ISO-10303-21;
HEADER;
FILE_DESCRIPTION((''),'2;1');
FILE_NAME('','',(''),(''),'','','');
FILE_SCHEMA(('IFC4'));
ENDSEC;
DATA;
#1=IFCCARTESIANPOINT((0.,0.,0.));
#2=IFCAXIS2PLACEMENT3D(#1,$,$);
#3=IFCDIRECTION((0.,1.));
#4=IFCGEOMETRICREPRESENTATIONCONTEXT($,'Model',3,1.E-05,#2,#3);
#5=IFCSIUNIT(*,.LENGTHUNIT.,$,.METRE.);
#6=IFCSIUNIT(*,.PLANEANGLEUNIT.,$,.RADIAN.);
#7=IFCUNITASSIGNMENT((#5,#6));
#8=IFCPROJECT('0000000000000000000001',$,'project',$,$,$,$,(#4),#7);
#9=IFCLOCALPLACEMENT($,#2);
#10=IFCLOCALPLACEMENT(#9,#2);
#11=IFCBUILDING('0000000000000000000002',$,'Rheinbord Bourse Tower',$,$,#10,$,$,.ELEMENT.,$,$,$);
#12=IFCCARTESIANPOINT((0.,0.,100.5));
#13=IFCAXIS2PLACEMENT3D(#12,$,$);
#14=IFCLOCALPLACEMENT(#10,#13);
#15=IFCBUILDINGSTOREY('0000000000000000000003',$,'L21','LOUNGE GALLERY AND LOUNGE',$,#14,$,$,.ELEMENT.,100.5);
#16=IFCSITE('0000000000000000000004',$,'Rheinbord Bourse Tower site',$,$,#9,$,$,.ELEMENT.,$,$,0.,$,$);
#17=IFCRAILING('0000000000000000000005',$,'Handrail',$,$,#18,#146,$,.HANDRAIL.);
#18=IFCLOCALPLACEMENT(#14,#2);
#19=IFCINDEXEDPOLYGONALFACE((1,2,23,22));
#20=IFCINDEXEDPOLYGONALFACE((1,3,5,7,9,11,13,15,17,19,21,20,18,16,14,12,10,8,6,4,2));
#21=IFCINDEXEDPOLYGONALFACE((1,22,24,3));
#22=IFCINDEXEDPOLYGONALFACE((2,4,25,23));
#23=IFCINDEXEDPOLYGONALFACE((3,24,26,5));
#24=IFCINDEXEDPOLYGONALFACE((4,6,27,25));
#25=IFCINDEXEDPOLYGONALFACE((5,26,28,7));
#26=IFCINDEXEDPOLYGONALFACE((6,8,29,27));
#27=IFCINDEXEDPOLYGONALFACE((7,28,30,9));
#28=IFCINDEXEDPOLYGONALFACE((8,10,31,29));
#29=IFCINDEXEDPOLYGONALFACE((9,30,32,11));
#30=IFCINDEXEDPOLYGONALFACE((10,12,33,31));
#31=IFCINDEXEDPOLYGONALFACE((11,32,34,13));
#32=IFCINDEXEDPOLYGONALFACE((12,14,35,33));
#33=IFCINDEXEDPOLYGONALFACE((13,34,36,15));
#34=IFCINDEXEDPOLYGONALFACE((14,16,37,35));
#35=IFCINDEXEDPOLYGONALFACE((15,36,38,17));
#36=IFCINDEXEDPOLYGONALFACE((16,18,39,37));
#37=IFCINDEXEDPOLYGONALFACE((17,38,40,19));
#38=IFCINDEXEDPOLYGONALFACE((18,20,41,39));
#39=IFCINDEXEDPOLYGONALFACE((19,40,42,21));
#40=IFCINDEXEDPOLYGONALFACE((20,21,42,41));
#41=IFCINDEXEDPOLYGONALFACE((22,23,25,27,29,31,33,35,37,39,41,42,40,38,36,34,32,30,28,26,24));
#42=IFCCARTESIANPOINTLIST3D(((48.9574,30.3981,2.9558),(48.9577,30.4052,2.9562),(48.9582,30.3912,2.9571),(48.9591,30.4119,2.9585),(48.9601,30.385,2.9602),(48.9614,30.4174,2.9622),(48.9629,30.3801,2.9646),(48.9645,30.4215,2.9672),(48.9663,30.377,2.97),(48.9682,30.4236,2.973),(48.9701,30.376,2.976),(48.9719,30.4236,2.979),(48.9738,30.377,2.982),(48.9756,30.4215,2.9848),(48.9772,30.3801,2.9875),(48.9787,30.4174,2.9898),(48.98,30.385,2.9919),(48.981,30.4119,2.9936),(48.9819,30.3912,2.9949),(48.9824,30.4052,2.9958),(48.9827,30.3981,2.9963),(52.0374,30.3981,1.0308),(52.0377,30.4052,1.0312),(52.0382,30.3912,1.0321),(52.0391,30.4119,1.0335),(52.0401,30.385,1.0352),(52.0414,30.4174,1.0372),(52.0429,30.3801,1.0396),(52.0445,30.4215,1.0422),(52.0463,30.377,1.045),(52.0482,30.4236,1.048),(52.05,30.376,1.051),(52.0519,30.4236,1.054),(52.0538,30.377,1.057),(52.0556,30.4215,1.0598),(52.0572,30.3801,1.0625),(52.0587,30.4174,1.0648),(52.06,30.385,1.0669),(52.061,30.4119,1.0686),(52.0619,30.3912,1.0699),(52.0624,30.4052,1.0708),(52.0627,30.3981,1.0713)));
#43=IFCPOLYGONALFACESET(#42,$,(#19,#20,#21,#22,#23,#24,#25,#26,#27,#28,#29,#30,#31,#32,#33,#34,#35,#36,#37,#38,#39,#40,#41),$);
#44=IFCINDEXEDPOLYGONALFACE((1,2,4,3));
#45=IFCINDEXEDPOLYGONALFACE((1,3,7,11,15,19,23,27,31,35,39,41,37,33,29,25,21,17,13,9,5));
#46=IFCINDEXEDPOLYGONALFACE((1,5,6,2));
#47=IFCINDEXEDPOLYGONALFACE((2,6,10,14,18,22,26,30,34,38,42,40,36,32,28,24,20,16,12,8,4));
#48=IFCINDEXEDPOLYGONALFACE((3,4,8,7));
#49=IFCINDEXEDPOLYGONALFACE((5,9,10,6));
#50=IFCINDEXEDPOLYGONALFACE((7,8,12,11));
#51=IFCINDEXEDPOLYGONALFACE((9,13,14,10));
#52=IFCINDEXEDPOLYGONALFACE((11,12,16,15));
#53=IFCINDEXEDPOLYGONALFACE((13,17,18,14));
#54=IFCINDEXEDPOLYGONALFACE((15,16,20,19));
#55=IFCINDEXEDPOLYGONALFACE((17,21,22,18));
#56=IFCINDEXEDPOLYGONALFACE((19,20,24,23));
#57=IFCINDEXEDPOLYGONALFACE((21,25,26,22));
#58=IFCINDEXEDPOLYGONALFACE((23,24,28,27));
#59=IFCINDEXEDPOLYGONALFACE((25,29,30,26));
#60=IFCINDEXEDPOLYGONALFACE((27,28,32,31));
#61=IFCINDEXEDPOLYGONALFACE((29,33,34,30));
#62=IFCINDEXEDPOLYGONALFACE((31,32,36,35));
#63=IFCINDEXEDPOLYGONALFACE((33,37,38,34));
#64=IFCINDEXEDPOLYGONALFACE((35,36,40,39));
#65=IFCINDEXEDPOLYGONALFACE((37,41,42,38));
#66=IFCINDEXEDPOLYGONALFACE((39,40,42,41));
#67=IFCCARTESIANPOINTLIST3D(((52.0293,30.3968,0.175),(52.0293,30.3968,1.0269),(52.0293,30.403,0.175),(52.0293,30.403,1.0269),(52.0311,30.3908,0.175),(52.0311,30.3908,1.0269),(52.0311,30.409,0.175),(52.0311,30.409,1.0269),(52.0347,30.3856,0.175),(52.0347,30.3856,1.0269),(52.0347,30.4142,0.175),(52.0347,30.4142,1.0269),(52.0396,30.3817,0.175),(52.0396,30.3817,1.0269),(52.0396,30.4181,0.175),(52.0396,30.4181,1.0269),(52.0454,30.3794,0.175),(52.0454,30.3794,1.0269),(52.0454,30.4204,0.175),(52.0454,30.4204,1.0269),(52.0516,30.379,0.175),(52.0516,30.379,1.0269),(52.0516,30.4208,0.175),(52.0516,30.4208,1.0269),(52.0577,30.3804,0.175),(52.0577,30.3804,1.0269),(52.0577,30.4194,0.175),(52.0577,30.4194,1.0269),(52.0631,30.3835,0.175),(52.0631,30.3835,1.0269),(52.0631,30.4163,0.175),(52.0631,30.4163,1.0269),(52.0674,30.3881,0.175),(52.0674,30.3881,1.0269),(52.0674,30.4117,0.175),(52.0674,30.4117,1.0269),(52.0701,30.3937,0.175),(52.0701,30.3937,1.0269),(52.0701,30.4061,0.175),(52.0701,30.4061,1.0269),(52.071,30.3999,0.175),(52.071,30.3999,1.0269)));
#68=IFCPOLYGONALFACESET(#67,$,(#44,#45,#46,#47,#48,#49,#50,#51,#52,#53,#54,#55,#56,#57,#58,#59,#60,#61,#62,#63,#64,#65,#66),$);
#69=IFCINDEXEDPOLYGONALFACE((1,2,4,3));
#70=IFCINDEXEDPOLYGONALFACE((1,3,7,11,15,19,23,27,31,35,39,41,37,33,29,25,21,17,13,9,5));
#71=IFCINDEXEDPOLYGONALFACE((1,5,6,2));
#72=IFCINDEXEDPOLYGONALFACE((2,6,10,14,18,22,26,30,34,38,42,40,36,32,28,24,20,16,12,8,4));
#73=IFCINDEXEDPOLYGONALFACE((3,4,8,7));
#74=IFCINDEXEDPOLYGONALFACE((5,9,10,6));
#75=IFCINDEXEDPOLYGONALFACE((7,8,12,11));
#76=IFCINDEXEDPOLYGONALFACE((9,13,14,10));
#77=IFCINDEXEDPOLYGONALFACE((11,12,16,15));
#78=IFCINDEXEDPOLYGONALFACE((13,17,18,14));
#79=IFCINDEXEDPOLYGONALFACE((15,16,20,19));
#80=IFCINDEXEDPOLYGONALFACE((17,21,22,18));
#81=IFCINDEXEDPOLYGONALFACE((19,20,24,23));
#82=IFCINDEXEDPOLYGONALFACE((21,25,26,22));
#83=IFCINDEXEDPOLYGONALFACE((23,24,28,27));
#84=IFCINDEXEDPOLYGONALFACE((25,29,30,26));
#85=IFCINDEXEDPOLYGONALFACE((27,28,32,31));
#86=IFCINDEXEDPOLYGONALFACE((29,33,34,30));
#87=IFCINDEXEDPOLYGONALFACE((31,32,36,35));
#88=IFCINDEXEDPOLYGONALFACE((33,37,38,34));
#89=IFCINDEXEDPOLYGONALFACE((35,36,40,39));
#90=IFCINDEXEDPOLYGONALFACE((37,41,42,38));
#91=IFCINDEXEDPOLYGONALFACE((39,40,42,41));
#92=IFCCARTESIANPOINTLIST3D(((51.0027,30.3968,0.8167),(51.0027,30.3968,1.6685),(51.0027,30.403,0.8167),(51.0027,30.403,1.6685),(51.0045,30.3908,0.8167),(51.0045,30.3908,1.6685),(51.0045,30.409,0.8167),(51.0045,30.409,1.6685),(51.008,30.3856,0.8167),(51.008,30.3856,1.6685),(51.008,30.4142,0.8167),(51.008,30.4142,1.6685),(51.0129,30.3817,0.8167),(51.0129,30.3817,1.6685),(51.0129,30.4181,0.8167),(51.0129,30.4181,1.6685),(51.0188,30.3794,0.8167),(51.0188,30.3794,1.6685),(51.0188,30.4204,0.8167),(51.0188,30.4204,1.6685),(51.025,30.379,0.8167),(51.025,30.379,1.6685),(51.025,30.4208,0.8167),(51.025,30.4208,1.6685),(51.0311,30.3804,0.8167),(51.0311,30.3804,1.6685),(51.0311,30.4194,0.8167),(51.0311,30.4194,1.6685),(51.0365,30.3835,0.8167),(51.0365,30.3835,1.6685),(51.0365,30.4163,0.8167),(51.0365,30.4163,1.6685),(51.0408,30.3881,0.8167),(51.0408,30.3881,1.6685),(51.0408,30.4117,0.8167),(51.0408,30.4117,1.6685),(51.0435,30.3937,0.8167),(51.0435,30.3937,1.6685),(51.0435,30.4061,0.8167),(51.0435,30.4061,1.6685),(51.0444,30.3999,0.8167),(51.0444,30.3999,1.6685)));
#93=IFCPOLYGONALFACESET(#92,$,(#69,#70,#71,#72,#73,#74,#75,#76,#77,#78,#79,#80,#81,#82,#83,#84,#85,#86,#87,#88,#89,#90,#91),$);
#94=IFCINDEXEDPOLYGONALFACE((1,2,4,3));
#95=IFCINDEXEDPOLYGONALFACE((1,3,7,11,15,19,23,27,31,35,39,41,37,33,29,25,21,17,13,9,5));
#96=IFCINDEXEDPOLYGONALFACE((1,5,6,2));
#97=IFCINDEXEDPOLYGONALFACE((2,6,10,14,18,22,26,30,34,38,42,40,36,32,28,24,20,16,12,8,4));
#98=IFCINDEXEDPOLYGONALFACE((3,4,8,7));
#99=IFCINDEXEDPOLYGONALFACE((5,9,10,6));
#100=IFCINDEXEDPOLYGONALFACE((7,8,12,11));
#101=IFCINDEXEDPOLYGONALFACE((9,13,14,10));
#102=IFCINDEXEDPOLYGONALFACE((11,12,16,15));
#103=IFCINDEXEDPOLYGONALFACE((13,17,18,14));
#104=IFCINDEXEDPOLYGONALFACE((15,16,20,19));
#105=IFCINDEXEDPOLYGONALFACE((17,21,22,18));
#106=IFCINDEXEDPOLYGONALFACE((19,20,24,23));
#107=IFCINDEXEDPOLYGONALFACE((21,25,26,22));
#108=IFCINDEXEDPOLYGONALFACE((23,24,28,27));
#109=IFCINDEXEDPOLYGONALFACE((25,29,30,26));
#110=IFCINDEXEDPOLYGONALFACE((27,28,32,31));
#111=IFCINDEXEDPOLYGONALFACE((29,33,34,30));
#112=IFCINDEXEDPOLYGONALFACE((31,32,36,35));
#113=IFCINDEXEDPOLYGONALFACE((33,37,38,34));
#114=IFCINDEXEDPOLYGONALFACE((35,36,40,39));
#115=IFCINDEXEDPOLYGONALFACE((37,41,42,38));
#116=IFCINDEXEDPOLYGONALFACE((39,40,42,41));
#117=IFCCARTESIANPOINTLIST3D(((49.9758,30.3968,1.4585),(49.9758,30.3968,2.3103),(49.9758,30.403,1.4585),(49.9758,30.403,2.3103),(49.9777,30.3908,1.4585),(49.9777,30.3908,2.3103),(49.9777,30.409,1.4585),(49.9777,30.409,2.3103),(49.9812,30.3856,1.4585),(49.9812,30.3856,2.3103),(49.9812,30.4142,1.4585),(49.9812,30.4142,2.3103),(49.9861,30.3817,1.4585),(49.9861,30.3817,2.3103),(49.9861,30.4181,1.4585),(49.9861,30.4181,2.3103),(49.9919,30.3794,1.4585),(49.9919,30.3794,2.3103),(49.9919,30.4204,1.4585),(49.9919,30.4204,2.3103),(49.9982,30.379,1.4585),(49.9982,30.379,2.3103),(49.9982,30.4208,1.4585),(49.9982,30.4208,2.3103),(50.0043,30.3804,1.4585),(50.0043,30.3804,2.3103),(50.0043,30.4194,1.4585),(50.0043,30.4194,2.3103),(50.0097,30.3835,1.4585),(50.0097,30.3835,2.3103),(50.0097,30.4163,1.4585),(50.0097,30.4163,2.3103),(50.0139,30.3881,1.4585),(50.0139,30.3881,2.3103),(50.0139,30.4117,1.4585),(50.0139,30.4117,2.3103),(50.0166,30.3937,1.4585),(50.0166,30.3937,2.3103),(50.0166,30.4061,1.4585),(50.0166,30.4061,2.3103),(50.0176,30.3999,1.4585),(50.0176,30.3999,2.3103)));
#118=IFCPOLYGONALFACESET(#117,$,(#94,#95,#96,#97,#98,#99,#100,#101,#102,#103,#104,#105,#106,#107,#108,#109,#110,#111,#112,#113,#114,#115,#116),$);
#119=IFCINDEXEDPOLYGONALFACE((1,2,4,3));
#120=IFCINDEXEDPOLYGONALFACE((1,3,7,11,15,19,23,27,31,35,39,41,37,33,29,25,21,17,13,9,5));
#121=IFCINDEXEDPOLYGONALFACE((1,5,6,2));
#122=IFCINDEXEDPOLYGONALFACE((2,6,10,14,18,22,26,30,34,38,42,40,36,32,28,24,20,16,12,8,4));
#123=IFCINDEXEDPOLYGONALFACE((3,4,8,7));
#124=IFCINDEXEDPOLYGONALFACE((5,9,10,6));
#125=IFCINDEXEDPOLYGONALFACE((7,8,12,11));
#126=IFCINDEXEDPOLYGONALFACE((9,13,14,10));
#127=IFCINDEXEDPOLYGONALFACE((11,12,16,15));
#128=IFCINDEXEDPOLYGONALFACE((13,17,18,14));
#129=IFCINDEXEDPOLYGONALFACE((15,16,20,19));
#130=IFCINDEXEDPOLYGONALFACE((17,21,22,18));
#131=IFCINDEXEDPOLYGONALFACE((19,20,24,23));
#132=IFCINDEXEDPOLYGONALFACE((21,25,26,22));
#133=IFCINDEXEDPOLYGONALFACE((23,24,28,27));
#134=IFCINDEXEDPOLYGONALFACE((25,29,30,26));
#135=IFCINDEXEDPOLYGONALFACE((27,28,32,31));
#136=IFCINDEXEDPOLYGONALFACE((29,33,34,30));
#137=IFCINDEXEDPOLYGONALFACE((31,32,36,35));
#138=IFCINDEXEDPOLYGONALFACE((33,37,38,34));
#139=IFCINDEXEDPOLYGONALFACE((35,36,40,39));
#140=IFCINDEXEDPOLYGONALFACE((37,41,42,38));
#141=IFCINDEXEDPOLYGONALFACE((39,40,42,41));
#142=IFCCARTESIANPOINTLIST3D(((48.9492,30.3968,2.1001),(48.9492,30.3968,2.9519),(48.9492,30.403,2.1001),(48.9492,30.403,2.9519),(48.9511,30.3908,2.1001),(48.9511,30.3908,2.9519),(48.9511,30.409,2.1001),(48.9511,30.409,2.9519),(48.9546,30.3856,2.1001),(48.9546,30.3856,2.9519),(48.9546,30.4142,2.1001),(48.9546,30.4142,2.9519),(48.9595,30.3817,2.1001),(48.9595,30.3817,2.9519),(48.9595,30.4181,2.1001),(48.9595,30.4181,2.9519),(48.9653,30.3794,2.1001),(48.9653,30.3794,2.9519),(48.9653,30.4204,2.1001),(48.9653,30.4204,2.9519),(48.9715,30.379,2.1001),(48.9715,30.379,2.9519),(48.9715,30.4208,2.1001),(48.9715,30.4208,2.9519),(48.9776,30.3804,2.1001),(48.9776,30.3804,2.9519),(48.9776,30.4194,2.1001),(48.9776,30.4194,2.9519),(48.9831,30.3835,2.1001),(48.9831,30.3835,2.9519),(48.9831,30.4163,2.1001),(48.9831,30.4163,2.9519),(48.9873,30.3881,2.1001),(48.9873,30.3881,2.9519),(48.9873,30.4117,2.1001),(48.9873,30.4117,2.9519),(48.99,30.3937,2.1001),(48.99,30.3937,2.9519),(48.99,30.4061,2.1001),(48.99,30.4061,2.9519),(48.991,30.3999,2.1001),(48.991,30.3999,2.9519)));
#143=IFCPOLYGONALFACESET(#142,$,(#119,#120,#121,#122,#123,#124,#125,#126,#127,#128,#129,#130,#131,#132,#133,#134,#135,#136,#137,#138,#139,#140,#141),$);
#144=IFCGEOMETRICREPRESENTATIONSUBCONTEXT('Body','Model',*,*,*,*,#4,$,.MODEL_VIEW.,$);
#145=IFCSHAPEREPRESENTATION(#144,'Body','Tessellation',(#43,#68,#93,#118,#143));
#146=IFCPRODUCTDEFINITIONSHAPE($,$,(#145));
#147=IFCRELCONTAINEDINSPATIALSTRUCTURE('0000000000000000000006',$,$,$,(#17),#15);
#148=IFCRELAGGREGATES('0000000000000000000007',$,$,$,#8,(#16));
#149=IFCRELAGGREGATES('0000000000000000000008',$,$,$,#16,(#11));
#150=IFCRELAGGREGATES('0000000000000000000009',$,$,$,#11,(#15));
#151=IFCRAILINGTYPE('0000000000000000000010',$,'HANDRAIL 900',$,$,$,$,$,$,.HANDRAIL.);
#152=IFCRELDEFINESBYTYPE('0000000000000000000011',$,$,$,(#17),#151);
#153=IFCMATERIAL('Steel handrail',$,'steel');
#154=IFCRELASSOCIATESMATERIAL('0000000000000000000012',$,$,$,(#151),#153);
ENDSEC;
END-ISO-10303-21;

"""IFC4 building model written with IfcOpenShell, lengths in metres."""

from ifc_helpers import new_model, si_unit, direction, frame, origin, origin_2d, place, context, subcontext, project, spatial, circle, extrude, material, type_object, element, save


model = new_model("IFC4")

# Units and contexts
model_context = context("Model", 3, precision=1e-05, world=origin(), true_north=direction((0.0, 1.0)))
body_context = subcontext(model_context, "Body", "Model", "MODEL_VIEW")
ifc_project = project(units=[si_unit("LENGTHUNIT", "METRE"), si_unit("PLANEANGLEUNIT", "RADIAN")], contexts=[model_context])

# Site, building, storey
site_placement = place(None, origin())
site = spatial("IfcSite", under=ifc_project, at=site_placement, Name="Rheinbord Bourse Tower site", CompositionType="ELEMENT", RefElevation=0.0)
building_placement = place(site_placement, origin())
building = spatial("IfcBuilding", under=site, at=building_placement, Name="Rheinbord Bourse Tower", CompositionType="ELEMENT")
storey_placement = place(building_placement, frame((0.0, 0.0, 100.5)))
storey = spatial("IfcBuildingStorey", under=building, at=storey_placement, Name="L21", Description="LOUNGE GALLERY AND LOUNGE", CompositionType="ELEMENT", Elevation=100.5)

# Railing
ifc_material_1 = material(Name="Steel handrail", Category="steel")
railing_type = type_object("IfcRailingType", Name="HANDRAIL 900", PredefinedType="HANDRAIL", material=ifc_material_1)
railing_1_placement = place(storey_placement, frame((52.05, 30.3999, 0.175)))
element("IfcRailing", 1, at=railing_1_placement, inside=storey, type_object=railing_type, Name="Handrail", PredefinedType="HANDRAIL", context=body_context, shape_type="SweptSolid", body=[
    extrude(circle(Radius=0.0239, at=origin_2d()), frame((0.0, 0.0, 0.876), z_axis=(-0.847998, 0.0, 0.529999), x_axis=(0.0, -1.0, 0.0)), (0.0, 0.0, 1.0), 3.6321),
    extrude(circle(Radius=0.021, at=origin_2d()), origin(), (0.0, 0.0, 1.0), 0.8518),
    extrude(circle(Radius=0.021, at=origin_2d()), frame((-1.0266, 0.0, 0.6416)), (0.0, 0.0, 1.0), 0.8518),
    extrude(circle(Radius=0.021, at=origin_2d()), frame((-2.0535, 0.0, 1.2834)), (0.0, 0.0, 1.0), 0.8518),
    extrude(circle(Radius=0.021, at=origin_2d()), frame((-3.0801, 0.0, 1.925)), (0.0, 0.0, 1.0), 0.8518),
])

save(model, "model.ifc")
